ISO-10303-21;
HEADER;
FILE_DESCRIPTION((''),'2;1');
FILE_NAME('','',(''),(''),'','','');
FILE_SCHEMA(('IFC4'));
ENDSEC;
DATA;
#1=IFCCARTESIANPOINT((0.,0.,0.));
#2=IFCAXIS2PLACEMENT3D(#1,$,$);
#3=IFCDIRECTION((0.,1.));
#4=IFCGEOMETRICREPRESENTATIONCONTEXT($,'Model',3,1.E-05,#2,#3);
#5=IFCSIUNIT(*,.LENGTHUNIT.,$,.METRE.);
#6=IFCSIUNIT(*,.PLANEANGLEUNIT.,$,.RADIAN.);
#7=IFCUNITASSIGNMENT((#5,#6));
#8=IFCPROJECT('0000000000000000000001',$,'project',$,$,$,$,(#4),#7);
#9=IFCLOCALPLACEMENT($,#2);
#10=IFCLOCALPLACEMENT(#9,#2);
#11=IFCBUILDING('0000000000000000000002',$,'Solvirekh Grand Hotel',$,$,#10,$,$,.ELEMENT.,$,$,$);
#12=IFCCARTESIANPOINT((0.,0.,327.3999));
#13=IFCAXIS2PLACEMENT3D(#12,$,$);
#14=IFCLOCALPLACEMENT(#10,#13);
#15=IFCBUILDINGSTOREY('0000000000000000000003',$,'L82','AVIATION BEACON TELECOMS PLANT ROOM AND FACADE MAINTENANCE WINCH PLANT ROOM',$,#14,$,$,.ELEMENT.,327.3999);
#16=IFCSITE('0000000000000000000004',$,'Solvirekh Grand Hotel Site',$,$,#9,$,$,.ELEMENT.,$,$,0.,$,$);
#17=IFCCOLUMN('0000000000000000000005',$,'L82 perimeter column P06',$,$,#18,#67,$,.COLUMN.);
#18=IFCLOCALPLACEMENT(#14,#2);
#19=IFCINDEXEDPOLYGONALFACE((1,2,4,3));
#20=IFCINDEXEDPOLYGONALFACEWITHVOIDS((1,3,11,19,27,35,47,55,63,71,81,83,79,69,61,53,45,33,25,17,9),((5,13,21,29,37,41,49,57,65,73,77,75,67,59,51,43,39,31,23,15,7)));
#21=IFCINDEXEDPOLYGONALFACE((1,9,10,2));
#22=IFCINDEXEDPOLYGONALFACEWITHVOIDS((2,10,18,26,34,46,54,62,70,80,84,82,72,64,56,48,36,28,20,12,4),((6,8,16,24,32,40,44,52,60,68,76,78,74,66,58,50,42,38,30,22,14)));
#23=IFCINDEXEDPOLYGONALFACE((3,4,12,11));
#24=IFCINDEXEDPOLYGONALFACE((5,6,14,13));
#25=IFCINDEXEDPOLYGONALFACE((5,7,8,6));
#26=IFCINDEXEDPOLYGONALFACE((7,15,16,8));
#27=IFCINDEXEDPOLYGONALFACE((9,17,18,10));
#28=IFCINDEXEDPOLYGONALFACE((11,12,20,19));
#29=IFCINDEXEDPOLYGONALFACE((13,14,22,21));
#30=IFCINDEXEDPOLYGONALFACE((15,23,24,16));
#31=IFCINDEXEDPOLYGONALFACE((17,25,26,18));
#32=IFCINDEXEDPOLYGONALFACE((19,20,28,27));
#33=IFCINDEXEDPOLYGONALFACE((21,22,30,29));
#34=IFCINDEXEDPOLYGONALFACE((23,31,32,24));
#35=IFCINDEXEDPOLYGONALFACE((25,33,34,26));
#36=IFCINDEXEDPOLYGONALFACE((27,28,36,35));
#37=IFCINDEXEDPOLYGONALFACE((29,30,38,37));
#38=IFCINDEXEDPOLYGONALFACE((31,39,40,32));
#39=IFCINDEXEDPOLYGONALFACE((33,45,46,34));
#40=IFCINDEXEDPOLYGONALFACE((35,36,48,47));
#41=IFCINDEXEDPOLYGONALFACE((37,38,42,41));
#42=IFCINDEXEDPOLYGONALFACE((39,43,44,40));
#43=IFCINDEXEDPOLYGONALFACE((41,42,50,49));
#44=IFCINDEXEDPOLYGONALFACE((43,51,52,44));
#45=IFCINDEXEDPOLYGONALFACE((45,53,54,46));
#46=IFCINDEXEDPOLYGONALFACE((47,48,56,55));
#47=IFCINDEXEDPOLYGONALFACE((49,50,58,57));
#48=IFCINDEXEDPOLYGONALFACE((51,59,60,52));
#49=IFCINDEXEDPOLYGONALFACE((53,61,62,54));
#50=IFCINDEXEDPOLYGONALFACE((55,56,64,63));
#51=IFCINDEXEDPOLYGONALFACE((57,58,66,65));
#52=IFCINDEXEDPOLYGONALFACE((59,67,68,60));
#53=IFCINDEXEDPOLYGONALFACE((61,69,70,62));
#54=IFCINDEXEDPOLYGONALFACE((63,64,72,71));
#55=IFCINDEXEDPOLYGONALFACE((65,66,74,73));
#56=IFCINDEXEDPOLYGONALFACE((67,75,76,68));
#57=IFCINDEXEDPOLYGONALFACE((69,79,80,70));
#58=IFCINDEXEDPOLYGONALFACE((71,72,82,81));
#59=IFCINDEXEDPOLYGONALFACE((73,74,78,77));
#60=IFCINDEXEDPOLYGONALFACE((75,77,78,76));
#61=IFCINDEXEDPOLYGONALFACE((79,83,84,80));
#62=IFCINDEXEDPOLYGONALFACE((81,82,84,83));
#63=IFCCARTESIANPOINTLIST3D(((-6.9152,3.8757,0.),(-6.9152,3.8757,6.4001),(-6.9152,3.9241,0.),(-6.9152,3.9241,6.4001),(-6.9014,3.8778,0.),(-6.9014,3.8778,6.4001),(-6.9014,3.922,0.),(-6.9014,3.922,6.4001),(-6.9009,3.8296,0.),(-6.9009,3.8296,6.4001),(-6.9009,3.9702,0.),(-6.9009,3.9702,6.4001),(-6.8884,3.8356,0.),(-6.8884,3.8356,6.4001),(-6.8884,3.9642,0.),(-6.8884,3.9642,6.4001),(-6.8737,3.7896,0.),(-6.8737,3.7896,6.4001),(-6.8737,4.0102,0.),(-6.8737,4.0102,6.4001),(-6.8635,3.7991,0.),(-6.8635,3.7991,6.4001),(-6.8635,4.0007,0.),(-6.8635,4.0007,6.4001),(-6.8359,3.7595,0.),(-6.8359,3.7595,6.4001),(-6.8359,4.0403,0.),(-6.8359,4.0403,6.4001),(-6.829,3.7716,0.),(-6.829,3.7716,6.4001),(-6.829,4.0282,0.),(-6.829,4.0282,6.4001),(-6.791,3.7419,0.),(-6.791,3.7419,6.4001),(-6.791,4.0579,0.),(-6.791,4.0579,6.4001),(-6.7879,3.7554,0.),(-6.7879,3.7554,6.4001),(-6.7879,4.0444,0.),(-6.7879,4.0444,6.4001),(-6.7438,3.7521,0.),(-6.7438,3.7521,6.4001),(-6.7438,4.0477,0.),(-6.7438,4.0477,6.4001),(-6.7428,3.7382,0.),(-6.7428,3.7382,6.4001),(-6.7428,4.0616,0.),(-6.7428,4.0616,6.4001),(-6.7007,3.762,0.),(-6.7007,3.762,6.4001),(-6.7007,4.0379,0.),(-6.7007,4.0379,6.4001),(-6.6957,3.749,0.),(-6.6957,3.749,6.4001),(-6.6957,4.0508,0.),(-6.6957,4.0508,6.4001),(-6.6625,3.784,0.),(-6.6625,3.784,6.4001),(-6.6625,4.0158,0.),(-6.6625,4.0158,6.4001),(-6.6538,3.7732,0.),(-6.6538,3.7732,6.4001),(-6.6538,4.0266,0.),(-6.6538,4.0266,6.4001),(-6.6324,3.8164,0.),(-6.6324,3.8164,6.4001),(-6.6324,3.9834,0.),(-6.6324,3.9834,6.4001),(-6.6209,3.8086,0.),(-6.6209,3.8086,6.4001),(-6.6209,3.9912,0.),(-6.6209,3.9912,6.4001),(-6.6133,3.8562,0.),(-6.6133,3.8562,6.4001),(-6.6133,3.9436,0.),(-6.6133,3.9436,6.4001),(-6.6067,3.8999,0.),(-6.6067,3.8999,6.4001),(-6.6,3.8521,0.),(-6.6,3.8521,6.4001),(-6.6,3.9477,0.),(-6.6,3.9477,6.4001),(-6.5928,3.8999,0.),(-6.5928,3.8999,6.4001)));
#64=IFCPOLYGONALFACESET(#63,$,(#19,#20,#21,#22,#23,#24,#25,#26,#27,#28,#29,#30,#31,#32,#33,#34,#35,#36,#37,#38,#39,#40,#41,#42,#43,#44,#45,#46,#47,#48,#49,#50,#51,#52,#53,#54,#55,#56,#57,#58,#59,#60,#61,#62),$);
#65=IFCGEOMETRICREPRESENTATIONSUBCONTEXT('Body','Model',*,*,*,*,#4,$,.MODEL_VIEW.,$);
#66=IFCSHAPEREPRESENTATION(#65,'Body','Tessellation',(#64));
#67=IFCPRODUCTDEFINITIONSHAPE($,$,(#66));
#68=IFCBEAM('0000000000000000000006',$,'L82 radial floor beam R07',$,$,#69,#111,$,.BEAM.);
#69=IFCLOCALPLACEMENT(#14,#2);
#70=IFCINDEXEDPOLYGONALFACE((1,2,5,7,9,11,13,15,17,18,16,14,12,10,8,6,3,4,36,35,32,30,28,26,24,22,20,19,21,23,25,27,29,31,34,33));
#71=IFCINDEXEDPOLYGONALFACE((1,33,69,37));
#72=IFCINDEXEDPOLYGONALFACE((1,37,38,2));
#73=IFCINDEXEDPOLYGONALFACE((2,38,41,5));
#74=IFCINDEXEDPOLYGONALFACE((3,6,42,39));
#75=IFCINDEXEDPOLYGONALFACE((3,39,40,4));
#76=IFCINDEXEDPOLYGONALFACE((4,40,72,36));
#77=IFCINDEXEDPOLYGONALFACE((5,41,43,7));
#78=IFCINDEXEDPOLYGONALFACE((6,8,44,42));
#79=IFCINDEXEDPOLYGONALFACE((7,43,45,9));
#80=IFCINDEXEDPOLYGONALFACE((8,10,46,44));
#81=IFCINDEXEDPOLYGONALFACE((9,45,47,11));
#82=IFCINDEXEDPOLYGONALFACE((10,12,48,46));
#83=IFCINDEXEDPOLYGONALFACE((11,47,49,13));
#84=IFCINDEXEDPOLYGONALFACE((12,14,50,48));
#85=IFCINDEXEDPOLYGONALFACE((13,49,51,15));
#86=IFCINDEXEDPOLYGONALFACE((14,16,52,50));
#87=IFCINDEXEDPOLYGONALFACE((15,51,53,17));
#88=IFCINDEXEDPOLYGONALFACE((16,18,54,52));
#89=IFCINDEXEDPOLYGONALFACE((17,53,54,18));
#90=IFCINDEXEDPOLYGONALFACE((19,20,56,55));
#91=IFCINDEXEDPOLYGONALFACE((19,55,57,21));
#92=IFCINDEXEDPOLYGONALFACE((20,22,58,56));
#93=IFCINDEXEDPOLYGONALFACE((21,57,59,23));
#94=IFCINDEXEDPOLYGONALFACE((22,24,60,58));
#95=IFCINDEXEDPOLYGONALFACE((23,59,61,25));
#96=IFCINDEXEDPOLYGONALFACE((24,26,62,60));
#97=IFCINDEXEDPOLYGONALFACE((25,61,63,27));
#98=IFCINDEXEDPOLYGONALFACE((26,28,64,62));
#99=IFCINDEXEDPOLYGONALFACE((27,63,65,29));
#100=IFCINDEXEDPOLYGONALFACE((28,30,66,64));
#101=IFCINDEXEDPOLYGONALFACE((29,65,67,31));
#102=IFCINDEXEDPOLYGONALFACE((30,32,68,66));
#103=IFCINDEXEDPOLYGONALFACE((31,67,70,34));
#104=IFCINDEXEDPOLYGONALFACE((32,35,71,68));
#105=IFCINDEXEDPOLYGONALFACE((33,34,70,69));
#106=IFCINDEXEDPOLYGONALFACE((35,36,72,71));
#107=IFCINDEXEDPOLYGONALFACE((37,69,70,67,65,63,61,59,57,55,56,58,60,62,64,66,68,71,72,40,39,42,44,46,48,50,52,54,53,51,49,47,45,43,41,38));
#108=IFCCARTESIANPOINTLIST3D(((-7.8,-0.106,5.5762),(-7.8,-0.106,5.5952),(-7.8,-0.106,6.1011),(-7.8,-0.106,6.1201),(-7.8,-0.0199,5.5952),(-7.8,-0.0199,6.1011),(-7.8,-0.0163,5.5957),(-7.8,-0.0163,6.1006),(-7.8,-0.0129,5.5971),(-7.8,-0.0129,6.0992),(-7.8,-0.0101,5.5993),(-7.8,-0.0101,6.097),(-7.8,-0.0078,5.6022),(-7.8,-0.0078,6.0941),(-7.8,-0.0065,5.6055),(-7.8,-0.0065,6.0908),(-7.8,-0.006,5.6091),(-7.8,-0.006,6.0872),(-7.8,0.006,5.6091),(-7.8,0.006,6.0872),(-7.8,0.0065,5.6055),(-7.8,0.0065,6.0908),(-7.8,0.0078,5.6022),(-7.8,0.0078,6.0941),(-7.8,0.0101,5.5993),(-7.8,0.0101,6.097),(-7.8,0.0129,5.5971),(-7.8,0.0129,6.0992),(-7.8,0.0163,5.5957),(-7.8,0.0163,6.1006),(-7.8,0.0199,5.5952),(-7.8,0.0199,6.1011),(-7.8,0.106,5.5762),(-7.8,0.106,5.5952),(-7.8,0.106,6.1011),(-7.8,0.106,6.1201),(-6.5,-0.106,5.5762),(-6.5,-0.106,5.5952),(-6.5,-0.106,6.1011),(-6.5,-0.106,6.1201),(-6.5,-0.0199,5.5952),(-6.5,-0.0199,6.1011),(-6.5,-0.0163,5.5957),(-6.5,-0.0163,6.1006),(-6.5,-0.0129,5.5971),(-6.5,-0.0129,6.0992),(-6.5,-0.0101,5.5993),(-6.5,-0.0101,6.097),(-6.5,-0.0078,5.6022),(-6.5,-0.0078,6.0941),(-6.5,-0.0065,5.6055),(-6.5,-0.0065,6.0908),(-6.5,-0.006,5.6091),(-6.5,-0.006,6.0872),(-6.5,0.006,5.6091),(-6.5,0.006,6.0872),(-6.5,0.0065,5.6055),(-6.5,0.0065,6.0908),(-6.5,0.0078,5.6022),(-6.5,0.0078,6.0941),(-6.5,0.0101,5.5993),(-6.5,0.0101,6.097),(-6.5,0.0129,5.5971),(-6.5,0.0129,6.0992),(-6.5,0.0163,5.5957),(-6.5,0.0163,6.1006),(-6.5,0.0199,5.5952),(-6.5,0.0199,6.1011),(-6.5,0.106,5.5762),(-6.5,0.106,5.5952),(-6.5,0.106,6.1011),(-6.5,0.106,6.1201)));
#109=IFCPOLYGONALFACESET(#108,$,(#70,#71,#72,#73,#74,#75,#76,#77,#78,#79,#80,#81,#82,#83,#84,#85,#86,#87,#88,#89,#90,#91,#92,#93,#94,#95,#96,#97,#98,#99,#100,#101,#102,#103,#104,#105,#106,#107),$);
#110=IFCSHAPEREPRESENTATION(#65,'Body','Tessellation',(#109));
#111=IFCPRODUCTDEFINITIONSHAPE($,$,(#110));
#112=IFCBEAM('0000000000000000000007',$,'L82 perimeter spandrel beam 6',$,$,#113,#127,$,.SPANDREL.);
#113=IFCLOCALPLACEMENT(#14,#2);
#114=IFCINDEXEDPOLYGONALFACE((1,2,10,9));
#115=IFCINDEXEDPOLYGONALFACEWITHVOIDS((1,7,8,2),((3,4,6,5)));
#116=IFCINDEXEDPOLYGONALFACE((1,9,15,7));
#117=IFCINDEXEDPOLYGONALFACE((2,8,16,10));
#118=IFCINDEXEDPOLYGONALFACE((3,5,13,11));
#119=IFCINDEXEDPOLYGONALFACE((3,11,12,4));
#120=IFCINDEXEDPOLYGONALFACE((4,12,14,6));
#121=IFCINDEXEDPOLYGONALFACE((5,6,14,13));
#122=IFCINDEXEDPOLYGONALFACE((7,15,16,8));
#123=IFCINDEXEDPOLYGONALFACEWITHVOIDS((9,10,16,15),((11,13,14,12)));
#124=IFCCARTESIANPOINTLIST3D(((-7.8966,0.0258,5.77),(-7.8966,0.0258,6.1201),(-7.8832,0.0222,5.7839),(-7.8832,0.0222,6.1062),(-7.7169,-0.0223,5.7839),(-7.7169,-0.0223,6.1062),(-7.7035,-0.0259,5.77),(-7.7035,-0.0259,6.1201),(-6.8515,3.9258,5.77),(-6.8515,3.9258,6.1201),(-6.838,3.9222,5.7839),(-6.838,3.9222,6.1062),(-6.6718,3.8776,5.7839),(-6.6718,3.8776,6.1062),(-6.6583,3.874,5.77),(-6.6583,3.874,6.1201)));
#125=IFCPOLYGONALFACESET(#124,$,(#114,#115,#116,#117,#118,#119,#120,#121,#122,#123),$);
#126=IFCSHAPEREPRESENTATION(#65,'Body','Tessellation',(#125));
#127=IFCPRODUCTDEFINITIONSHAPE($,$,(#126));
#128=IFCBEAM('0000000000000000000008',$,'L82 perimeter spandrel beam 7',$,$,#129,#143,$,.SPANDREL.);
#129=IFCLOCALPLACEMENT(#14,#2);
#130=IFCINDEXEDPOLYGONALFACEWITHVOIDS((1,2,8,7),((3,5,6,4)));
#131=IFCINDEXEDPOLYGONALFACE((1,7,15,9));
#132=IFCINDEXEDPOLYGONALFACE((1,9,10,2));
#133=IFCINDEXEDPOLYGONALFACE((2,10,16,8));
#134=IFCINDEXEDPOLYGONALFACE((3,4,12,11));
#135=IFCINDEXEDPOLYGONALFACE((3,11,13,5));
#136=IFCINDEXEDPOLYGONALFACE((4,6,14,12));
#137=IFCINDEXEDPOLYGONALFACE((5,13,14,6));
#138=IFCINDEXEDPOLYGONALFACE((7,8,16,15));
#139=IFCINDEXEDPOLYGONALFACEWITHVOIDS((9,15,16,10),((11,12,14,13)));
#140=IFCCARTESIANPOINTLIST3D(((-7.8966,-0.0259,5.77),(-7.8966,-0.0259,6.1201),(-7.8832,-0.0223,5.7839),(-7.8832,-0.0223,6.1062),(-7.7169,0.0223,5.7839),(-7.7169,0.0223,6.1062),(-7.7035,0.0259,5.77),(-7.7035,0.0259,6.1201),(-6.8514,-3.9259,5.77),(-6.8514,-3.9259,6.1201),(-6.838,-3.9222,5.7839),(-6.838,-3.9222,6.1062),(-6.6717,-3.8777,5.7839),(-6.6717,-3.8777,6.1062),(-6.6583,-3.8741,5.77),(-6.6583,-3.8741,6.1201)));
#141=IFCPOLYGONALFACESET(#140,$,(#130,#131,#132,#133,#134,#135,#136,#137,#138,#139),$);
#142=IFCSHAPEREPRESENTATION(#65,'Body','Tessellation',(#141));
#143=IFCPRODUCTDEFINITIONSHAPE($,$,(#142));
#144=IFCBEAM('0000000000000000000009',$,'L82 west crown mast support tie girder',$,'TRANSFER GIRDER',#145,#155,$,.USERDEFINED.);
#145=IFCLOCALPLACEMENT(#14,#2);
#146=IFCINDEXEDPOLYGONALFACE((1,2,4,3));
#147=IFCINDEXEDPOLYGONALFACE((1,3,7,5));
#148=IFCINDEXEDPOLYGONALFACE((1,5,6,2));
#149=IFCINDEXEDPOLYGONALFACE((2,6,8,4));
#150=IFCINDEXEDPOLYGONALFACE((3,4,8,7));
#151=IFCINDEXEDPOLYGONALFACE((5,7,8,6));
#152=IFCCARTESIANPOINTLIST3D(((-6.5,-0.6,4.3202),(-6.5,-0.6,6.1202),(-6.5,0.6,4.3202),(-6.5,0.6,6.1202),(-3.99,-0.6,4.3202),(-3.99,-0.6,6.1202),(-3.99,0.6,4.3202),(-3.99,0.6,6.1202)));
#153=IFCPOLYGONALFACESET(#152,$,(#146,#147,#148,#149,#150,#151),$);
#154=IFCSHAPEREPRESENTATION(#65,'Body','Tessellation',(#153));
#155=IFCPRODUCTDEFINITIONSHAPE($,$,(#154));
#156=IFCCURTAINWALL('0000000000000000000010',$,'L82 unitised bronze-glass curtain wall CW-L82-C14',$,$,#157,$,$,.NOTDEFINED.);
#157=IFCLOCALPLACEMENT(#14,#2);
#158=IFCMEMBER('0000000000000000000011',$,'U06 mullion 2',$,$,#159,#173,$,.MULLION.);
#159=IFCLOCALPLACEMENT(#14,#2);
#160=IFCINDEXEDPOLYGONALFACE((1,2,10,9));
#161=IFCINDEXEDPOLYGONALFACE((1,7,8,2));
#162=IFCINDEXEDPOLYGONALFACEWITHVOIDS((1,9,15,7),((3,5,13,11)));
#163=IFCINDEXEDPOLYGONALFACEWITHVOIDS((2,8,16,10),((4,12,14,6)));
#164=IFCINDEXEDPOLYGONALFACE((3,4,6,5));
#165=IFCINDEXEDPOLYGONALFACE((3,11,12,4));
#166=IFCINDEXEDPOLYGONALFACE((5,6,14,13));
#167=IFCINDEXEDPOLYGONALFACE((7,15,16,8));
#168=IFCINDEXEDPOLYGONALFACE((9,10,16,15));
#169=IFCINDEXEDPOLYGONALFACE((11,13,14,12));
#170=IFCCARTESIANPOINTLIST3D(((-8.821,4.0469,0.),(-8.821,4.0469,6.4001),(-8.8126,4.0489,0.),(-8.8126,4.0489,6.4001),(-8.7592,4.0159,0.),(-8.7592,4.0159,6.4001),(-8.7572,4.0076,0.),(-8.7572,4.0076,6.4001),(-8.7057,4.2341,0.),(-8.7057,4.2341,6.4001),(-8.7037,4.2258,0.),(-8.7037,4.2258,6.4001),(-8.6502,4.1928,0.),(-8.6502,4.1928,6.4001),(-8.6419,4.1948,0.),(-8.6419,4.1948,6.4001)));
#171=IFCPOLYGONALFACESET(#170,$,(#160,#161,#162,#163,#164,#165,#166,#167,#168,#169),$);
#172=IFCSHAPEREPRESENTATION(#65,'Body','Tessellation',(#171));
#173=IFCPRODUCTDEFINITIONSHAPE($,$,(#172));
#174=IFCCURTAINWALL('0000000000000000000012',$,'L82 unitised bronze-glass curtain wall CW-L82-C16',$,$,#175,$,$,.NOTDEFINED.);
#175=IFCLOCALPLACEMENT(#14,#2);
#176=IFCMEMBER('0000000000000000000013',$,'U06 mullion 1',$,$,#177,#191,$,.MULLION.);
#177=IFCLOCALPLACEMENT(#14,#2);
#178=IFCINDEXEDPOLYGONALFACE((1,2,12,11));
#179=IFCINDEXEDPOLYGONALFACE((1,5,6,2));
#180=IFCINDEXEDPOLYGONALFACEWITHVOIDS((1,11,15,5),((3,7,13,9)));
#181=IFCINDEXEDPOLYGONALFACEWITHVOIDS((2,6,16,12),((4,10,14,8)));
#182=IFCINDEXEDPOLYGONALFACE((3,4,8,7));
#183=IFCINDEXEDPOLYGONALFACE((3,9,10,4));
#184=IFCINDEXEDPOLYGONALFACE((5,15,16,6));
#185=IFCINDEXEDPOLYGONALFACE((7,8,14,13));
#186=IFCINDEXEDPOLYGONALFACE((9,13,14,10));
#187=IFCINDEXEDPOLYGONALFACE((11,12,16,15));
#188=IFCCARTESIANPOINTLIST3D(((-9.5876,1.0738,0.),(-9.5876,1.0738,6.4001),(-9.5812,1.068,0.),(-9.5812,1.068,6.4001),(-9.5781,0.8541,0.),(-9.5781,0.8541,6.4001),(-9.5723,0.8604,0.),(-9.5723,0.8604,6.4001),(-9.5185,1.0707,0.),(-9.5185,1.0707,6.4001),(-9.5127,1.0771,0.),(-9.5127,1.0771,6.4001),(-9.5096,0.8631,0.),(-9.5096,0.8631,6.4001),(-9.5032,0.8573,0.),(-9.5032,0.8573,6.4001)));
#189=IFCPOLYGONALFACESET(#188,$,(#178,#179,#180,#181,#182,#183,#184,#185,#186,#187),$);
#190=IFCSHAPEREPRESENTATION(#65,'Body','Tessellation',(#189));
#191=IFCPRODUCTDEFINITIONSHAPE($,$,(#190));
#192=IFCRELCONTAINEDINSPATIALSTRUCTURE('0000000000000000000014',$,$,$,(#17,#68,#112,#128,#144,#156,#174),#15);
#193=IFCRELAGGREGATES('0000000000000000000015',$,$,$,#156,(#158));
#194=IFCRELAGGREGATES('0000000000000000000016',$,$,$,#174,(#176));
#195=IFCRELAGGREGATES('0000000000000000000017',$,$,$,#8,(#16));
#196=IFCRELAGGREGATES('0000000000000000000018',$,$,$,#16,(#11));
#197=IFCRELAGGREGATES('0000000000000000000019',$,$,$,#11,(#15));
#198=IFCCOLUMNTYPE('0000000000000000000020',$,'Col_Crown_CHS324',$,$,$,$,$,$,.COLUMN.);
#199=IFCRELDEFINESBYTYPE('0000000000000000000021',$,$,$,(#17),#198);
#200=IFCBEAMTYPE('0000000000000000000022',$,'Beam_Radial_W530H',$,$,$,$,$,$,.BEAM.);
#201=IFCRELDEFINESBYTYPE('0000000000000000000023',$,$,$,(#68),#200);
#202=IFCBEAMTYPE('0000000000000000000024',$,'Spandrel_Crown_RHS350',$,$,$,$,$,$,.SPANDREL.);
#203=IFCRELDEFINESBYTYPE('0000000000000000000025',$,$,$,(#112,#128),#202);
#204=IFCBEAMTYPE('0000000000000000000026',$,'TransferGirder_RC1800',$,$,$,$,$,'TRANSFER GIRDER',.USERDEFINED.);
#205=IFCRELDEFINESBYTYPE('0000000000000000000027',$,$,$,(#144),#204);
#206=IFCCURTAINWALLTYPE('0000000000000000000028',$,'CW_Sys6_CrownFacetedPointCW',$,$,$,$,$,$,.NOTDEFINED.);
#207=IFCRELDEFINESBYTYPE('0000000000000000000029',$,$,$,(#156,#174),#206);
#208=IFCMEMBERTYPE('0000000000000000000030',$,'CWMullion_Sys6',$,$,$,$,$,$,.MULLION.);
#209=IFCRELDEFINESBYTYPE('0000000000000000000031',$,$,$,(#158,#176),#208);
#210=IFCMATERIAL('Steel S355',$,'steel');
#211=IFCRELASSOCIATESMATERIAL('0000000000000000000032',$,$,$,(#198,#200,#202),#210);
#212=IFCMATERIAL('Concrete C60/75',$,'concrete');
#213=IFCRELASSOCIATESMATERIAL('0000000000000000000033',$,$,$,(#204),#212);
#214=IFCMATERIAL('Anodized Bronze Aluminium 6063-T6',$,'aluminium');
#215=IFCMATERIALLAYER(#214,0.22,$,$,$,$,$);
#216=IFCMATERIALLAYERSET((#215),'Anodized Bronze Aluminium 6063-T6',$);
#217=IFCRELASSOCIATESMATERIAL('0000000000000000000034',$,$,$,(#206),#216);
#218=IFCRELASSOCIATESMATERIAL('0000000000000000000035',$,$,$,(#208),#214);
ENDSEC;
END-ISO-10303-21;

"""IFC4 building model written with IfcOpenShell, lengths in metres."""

from ifc_helpers import new_model, si_unit, direction, frame, origin, origin_2d, place, context, subcontext, project, spatial, rectangle, hollow_rectangle, hollow_circle, i_section, extrude, source, transform, mapped, material, layer, layer_set, material_profile, profile_set, type_object, element, aggregate, save


model = new_model("IFC4")

# Units and contexts
model_context = context("Model", 3, precision=1e-05, world=origin(), true_north=direction((0.0, 1.0)))
body_context = subcontext(model_context, "Body", "Model", "MODEL_VIEW")
ifc_project = project(units=[si_unit("LENGTHUNIT", "METRE"), si_unit("PLANEANGLEUNIT", "RADIAN")], contexts=[model_context])

# Site, building, storey
site_placement = place(None, origin())
site = spatial("IfcSite", under=ifc_project, at=site_placement, Name="Solvirekh Grand Hotel Site", CompositionType="ELEMENT", RefElevation=0.0)
building_placement = place(site_placement, origin())
building = spatial("IfcBuilding", under=site, at=building_placement, Name="Solvirekh Grand Hotel", CompositionType="ELEMENT")
storey_placement = place(building_placement, frame((0.0, 0.0, 327.3999)))
storey = spatial("IfcBuildingStorey", under=building, at=storey_placement, Name="L82", Description="AVIATION BEACON TELECOMS PLANT ROOM AND FACADE MAINTENANCE WINCH PLANT ROOM", CompositionType="ELEMENT", Elevation=327.3999)

# Column
ifc_material_1 = material(Name="Steel S355", Category="steel")
ifc_material_profile_1 = material_profile(ifc_material_1, hollow_circle(Radius=0.1621, WallThickness=0.0139, at=origin_2d()), Name="CHS 324X14")
ifc_profile_set_1 = profile_set([ifc_material_profile_1], Name="Steel S355")
column_type = type_object("IfcColumnType", Name="Col_Crown_CHS324", PredefinedType="COLUMN", material=ifc_profile_set_1)
column_placement = place(storey_placement, frame((-6.7549, 3.8999, 0.0), z_axis=(0.0, 0.0, 1.0), x_axis=(1.0, 0.0, 0.0)))
element("IfcColumn", 1, at=column_placement, inside=storey, type_object=column_type, Name="L82 perimeter column P06", PredefinedType="COLUMN", context=body_context, shape_type="SweptSolid", body=[
    extrude(hollow_circle(Radius=0.1621, WallThickness=0.0139, at=origin_2d()), origin(), (0.0, 0.0, 1.0), 6.4001),
])

# Beams
ifc_material_profile_2 = material_profile(ifc_material_1, i_section(OverallWidth=0.2119, OverallDepth=0.5439, WebThickness=0.012, FlangeThickness=0.019, FilletRadius=0.0139, at=origin_2d()), Name="W530X123")
ifc_profile_set_2 = profile_set([ifc_material_profile_2], Name="Steel S355")
beam_type_1 = type_object("IfcBeamType", Name="Beam_Radial_W530H", PredefinedType="BEAM", material=ifc_profile_set_2)
beam_1_placement = place(storey_placement, frame((-6.5, 0.0, 5.8481), z_axis=(-1.0, 0.0, 0.0), x_axis=(0.0, -1.0, 0.0)))
element("IfcBeam", 2, at=beam_1_placement, inside=storey, type_object=beam_type_1, Name="L82 radial floor beam R07", PredefinedType="BEAM", context=body_context, shape_type="SweptSolid", body=[
    extrude(i_section(OverallWidth=0.2119, OverallDepth=0.5439, WebThickness=0.012, FlangeThickness=0.019, FilletRadius=0.0139, at=origin_2d()), origin(), (0.0, 0.0, 1.0), 1.3),
])
ifc_material_profile_3 = material_profile(ifc_material_1, hollow_rectangle(XDim=0.2, YDim=0.3501, WallThickness=0.0139, at=origin_2d()), Name="RHS 350X200X14")
ifc_profile_set_3 = profile_set([ifc_material_profile_3], Name="Steel S355")
beam_type_2 = type_object("IfcBeamType", Name="Spandrel_Crown_RHS350", PredefinedType="SPANDREL", material=ifc_profile_set_3)
for number, where, z_axis, x_axis, name in (
    (3, (-6.7549, 3.8999, 5.9451), (-0.258863, -0.965914, 0.0), (0.965914, -0.258863, 0.0), "L82 perimeter spandrel beam 6"),
    (4, (-7.8, 0.0, 5.9451), (0.258863, -0.965914, 0.0), (0.965914, 0.258863, 0.0), "L82 perimeter spandrel beam 7"),
):
    element("IfcBeam", number, at=place(storey_placement, frame(where, z_axis=z_axis, x_axis=x_axis)), inside=storey, type_object=beam_type_2, Name=name, PredefinedType="SPANDREL", context=body_context, shape_type="SweptSolid", body=[
        extrude(hollow_rectangle(XDim=0.2, YDim=0.3501, WallThickness=0.0139, at=origin_2d()), origin(), (0.0, 0.0, 1.0), 4.0376),
    ])
ifc_material_2 = material(Name="Concrete C60/75", Category="concrete")
ifc_material_profile_4 = material_profile(ifc_material_2, rectangle(XDim=1.2, YDim=1.8, at=origin_2d()), Name="RC GIRDER 1200X1800")
ifc_profile_set_4 = profile_set([ifc_material_profile_4], Name="Concrete C60/75")
beam_type_3 = type_object("IfcBeamType", Name="TransferGirder_RC1800", ElementType="TRANSFER GIRDER", PredefinedType="USERDEFINED", material=ifc_profile_set_4)
beam_2_placement = place(storey_placement, frame((-6.5, 0.0, 5.2202), z_axis=(1.0, 0.0, 0.0), x_axis=(0.0, 1.0, 0.0)))
element("IfcBeam", 5, at=beam_2_placement, inside=storey, type_object=beam_type_3, Name="L82 west crown mast support tie girder", ObjectType="TRANSFER GIRDER", PredefinedType="USERDEFINED", context=body_context, shape_type="SweptSolid", body=[
    extrude(rectangle(XDim=1.2, YDim=1.8, at=origin_2d()), origin(), (0.0, 0.0, 1.0), 2.51),
])

# Curtain wall, member
ifc_material_3 = material(Name="Anodized Bronze Aluminium 6063-T6", Category="aluminium")
ifc_layer_1 = layer(ifc_material_3, 0.22)
ifc_layer_set_1 = layer_set([ifc_layer_1], Name="Anodized Bronze Aluminium 6063-T6")
curtain_wall_type = type_object("IfcCurtainWallType", Name="CW_Sys6_CrownFacetedPointCW", PredefinedType="NOTDEFINED", material=ifc_layer_set_1)
curtain_wall_1_placement = place(storey_placement, origin())
curtain_wall_1 = element("IfcCurtainWall", 6, at=curtain_wall_1_placement, inside=storey, type_object=curtain_wall_type, Name="L82 unitised bronze-glass curtain wall CW-L82-C14", PredefinedType="NOTDEFINED")
ifc_material_profile_5 = material_profile(ifc_material_3, hollow_rectangle(XDim=0.075, YDim=0.22, WallThickness=0.0061, at=origin_2d()), Name="ALU RHS 220X75X6")
ifc_profile_set_5 = profile_set([ifc_material_profile_5], Name="Anodized Bronze Aluminium 6063-T6")
member_type_1 = type_object("IfcMemberType", Name="CWMullion_Sys6", PredefinedType="MULLION", material=ifc_profile_set_5)
shared_shape_1 = source(origin(), body_context, "Body", "SweptSolid", [
    extrude(hollow_rectangle(XDim=0.075, YDim=0.22, WallThickness=0.0061, at=origin_2d()), origin(), (0.0, 0.0, 1.0), 6.4001),
])
member_1_placement = place(storey_placement, frame((-8.7314, 4.1208, 0.0), z_axis=(0.0, 0.0, 1.0), x_axis=(0.851419, -0.524487, 0.0)))
member_1 = element("IfcMember", 7, at=member_1_placement, type_object=member_type_1, Name="U06 mullion 2", PredefinedType="MULLION", context=body_context, shape_type="MappedRepresentation", body=[
    mapped(shared_shape_1, transform((0.0, 0.0, 0.0), x_axis=(1.0, 0.0, 0.0), y_axis=(0.0, 1.0, 0.0), z_axis=(0.0, 0.0, 1.0), scale=1.0)),
])
aggregate(curtain_wall_1, [member_1])

# Curtain wall, member
curtain_wall_2_placement = place(storey_placement, origin())
curtain_wall_2 = element("IfcCurtainWall", 8, at=curtain_wall_2_placement, inside=storey, type_object=curtain_wall_type, Name="L82 unitised bronze-glass curtain wall CW-L82-C16", PredefinedType="NOTDEFINED")
member_2_placement = place(storey_placement, frame((-9.5454, 0.9656, 0.0), z_axis=(0.0, 0.0, 1.0), x_axis=(0.999075, 0.043001, 0.0)))
member_2 = element("IfcMember", 9, at=member_2_placement, type_object=member_type_1, Name="U06 mullion 1", PredefinedType="MULLION", context=body_context, shape_type="MappedRepresentation", body=[
    mapped(shared_shape_1, transform((0.0, 0.0, 0.0), x_axis=(1.0, 0.0, 0.0), y_axis=(0.0, 1.0, 0.0), z_axis=(0.0, 0.0, 1.0), scale=1.0)),
])
aggregate(curtain_wall_2, [member_2])

save(model, "model.ifc")
